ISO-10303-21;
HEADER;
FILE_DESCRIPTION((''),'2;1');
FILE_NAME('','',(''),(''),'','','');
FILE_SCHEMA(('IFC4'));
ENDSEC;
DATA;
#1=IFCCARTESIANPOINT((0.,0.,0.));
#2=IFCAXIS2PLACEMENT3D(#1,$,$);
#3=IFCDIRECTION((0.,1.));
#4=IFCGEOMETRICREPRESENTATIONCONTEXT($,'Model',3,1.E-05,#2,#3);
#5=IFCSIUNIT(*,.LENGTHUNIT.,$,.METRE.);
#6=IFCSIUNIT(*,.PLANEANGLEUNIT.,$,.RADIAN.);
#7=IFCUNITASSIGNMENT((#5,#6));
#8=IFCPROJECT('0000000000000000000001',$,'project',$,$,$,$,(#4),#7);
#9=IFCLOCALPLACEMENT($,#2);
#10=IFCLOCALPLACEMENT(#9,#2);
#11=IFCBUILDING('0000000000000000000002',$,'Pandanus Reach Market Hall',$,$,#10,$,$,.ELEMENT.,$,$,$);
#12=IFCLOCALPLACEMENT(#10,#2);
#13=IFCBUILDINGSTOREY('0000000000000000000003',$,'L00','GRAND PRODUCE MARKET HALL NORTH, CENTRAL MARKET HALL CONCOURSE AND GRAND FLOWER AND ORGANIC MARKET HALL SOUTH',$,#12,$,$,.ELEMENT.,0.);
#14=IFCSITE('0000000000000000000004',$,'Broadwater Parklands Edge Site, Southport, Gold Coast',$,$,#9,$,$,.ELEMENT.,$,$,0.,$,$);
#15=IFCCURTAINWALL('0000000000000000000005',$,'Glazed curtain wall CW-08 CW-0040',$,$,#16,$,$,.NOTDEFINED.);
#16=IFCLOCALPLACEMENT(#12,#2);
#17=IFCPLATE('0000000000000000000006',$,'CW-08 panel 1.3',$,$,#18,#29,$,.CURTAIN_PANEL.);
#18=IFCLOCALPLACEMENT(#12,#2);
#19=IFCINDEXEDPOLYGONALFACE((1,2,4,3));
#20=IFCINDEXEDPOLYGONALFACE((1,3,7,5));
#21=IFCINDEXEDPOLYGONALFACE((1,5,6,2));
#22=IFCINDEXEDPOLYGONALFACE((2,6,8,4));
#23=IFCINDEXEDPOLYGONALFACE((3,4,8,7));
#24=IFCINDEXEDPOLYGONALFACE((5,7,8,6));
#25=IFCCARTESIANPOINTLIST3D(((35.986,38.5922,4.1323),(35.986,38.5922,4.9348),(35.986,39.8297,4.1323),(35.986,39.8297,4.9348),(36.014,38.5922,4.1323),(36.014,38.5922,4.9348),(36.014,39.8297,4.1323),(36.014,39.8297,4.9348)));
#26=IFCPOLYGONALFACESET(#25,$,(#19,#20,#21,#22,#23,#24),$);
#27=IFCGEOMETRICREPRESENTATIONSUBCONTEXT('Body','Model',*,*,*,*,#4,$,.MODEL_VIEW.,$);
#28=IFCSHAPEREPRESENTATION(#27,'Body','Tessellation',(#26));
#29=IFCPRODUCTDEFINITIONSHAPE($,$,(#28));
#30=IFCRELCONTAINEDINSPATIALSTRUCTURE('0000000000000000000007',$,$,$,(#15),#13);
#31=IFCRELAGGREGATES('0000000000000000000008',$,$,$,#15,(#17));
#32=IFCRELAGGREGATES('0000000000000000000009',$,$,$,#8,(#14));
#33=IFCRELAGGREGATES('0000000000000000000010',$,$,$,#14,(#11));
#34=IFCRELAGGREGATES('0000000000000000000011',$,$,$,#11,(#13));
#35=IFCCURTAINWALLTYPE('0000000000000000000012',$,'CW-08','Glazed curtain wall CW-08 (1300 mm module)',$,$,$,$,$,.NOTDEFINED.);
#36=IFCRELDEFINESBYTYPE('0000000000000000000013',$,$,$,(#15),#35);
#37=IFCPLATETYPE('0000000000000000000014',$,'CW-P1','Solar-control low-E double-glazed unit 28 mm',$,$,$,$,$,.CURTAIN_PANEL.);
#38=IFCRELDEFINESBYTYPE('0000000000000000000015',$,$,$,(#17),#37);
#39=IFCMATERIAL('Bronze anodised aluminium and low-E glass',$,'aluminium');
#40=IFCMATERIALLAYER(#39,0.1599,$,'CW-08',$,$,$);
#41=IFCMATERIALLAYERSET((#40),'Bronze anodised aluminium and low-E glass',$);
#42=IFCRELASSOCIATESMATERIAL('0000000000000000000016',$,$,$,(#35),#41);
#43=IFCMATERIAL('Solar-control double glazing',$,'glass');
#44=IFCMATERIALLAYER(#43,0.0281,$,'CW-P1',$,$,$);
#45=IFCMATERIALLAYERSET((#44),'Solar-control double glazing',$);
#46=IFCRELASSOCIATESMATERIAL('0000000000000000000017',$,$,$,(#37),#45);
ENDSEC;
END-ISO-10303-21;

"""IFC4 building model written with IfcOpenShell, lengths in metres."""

from ifc_helpers import new_model, si_unit, direction, frame, origin, origin_2d, place, context, subcontext, project, spatial, rectangle, extrude, material, layer, layer_set, type_object, element, aggregate, save


model = new_model("IFC4")

# Units and contexts
model_context = context("Model", 3, precision=1e-05, world=origin(), true_north=direction((0.0, 1.0)))
body_context = subcontext(model_context, "Body", "Model", "MODEL_VIEW")
ifc_project = project(units=[si_unit("LENGTHUNIT", "METRE"), si_unit("PLANEANGLEUNIT", "RADIAN")], contexts=[model_context])

# Site, building, storey
site_placement = place(None, origin())
site = spatial("IfcSite", under=ifc_project, at=site_placement, Name="Broadwater Parklands Edge Site, Southport, Gold Coast", CompositionType="ELEMENT", RefElevation=0.0)
building_placement = place(site_placement, origin())
building = spatial("IfcBuilding", under=site, at=building_placement, Name="Pandanus Reach Market Hall", CompositionType="ELEMENT")
storey_placement = place(building_placement, origin())
storey = spatial("IfcBuildingStorey", under=building, at=storey_placement, Name="L00", Description="GRAND PRODUCE MARKET HALL NORTH, CENTRAL MARKET HALL CONCOURSE AND GRAND FLOWER AND ORGANIC MARKET HALL SOUTH", CompositionType="ELEMENT", Elevation=0.0)

# Shared definitions
ifc_material_1 = material(Name="Bronze anodised aluminium and low-E glass", Category="aluminium")

# Curtain wall
ifc_layer_1 = layer(ifc_material_1, 0.1599, Name="CW-08")
ifc_layer_set_1 = layer_set([ifc_layer_1], Name="Bronze anodised aluminium and low-E glass")
curtain_wall_type_1 = type_object("IfcCurtainWallType", Name="CW-08", Description="Glazed curtain wall CW-08 (1300 mm module)", PredefinedType="NOTDEFINED", material=ifc_layer_set_1)
curtain_wall_1_placement = place(storey_placement, origin())
curtain_wall_1 = element("IfcCurtainWall", 1, at=curtain_wall_1_placement, inside=storey, type_object=curtain_wall_type_1, Name="Glazed curtain wall CW-08 CW-0040", PredefinedType="NOTDEFINED")

# Plate
ifc_material_2 = material(Name="Solar-control double glazing", Category="glass")
ifc_layer_2 = layer(ifc_material_2, 0.0281, Name="CW-P1")
ifc_layer_set_2 = layer_set([ifc_layer_2], Name="Solar-control double glazing")
plate_type = type_object("IfcPlateType", Name="CW-P1", Description="Solar-control low-E double-glazed unit 28 mm", PredefinedType="CURTAIN_PANEL", material=ifc_layer_set_2)
plate_1_placement = place(storey_placement, frame((36.0, 39.2109, 4.1323), z_axis=(0.0, 0.0, 1.0), x_axis=(0.0, 1.0, 0.0)))
plate_1 = element("IfcPlate", 2, at=plate_1_placement, type_object=plate_type, Name="CW-08 panel 1.3", PredefinedType="CURTAIN_PANEL", context=body_context, shape_type="SweptSolid", body=[
    extrude(rectangle(XDim=1.2375, YDim=0.0281, at=origin_2d()), origin(), (0.0, 0.0, 1.0), 0.8025),
])
aggregate(curtain_wall_1, [plate_1])

save(model, "model.ifc")
